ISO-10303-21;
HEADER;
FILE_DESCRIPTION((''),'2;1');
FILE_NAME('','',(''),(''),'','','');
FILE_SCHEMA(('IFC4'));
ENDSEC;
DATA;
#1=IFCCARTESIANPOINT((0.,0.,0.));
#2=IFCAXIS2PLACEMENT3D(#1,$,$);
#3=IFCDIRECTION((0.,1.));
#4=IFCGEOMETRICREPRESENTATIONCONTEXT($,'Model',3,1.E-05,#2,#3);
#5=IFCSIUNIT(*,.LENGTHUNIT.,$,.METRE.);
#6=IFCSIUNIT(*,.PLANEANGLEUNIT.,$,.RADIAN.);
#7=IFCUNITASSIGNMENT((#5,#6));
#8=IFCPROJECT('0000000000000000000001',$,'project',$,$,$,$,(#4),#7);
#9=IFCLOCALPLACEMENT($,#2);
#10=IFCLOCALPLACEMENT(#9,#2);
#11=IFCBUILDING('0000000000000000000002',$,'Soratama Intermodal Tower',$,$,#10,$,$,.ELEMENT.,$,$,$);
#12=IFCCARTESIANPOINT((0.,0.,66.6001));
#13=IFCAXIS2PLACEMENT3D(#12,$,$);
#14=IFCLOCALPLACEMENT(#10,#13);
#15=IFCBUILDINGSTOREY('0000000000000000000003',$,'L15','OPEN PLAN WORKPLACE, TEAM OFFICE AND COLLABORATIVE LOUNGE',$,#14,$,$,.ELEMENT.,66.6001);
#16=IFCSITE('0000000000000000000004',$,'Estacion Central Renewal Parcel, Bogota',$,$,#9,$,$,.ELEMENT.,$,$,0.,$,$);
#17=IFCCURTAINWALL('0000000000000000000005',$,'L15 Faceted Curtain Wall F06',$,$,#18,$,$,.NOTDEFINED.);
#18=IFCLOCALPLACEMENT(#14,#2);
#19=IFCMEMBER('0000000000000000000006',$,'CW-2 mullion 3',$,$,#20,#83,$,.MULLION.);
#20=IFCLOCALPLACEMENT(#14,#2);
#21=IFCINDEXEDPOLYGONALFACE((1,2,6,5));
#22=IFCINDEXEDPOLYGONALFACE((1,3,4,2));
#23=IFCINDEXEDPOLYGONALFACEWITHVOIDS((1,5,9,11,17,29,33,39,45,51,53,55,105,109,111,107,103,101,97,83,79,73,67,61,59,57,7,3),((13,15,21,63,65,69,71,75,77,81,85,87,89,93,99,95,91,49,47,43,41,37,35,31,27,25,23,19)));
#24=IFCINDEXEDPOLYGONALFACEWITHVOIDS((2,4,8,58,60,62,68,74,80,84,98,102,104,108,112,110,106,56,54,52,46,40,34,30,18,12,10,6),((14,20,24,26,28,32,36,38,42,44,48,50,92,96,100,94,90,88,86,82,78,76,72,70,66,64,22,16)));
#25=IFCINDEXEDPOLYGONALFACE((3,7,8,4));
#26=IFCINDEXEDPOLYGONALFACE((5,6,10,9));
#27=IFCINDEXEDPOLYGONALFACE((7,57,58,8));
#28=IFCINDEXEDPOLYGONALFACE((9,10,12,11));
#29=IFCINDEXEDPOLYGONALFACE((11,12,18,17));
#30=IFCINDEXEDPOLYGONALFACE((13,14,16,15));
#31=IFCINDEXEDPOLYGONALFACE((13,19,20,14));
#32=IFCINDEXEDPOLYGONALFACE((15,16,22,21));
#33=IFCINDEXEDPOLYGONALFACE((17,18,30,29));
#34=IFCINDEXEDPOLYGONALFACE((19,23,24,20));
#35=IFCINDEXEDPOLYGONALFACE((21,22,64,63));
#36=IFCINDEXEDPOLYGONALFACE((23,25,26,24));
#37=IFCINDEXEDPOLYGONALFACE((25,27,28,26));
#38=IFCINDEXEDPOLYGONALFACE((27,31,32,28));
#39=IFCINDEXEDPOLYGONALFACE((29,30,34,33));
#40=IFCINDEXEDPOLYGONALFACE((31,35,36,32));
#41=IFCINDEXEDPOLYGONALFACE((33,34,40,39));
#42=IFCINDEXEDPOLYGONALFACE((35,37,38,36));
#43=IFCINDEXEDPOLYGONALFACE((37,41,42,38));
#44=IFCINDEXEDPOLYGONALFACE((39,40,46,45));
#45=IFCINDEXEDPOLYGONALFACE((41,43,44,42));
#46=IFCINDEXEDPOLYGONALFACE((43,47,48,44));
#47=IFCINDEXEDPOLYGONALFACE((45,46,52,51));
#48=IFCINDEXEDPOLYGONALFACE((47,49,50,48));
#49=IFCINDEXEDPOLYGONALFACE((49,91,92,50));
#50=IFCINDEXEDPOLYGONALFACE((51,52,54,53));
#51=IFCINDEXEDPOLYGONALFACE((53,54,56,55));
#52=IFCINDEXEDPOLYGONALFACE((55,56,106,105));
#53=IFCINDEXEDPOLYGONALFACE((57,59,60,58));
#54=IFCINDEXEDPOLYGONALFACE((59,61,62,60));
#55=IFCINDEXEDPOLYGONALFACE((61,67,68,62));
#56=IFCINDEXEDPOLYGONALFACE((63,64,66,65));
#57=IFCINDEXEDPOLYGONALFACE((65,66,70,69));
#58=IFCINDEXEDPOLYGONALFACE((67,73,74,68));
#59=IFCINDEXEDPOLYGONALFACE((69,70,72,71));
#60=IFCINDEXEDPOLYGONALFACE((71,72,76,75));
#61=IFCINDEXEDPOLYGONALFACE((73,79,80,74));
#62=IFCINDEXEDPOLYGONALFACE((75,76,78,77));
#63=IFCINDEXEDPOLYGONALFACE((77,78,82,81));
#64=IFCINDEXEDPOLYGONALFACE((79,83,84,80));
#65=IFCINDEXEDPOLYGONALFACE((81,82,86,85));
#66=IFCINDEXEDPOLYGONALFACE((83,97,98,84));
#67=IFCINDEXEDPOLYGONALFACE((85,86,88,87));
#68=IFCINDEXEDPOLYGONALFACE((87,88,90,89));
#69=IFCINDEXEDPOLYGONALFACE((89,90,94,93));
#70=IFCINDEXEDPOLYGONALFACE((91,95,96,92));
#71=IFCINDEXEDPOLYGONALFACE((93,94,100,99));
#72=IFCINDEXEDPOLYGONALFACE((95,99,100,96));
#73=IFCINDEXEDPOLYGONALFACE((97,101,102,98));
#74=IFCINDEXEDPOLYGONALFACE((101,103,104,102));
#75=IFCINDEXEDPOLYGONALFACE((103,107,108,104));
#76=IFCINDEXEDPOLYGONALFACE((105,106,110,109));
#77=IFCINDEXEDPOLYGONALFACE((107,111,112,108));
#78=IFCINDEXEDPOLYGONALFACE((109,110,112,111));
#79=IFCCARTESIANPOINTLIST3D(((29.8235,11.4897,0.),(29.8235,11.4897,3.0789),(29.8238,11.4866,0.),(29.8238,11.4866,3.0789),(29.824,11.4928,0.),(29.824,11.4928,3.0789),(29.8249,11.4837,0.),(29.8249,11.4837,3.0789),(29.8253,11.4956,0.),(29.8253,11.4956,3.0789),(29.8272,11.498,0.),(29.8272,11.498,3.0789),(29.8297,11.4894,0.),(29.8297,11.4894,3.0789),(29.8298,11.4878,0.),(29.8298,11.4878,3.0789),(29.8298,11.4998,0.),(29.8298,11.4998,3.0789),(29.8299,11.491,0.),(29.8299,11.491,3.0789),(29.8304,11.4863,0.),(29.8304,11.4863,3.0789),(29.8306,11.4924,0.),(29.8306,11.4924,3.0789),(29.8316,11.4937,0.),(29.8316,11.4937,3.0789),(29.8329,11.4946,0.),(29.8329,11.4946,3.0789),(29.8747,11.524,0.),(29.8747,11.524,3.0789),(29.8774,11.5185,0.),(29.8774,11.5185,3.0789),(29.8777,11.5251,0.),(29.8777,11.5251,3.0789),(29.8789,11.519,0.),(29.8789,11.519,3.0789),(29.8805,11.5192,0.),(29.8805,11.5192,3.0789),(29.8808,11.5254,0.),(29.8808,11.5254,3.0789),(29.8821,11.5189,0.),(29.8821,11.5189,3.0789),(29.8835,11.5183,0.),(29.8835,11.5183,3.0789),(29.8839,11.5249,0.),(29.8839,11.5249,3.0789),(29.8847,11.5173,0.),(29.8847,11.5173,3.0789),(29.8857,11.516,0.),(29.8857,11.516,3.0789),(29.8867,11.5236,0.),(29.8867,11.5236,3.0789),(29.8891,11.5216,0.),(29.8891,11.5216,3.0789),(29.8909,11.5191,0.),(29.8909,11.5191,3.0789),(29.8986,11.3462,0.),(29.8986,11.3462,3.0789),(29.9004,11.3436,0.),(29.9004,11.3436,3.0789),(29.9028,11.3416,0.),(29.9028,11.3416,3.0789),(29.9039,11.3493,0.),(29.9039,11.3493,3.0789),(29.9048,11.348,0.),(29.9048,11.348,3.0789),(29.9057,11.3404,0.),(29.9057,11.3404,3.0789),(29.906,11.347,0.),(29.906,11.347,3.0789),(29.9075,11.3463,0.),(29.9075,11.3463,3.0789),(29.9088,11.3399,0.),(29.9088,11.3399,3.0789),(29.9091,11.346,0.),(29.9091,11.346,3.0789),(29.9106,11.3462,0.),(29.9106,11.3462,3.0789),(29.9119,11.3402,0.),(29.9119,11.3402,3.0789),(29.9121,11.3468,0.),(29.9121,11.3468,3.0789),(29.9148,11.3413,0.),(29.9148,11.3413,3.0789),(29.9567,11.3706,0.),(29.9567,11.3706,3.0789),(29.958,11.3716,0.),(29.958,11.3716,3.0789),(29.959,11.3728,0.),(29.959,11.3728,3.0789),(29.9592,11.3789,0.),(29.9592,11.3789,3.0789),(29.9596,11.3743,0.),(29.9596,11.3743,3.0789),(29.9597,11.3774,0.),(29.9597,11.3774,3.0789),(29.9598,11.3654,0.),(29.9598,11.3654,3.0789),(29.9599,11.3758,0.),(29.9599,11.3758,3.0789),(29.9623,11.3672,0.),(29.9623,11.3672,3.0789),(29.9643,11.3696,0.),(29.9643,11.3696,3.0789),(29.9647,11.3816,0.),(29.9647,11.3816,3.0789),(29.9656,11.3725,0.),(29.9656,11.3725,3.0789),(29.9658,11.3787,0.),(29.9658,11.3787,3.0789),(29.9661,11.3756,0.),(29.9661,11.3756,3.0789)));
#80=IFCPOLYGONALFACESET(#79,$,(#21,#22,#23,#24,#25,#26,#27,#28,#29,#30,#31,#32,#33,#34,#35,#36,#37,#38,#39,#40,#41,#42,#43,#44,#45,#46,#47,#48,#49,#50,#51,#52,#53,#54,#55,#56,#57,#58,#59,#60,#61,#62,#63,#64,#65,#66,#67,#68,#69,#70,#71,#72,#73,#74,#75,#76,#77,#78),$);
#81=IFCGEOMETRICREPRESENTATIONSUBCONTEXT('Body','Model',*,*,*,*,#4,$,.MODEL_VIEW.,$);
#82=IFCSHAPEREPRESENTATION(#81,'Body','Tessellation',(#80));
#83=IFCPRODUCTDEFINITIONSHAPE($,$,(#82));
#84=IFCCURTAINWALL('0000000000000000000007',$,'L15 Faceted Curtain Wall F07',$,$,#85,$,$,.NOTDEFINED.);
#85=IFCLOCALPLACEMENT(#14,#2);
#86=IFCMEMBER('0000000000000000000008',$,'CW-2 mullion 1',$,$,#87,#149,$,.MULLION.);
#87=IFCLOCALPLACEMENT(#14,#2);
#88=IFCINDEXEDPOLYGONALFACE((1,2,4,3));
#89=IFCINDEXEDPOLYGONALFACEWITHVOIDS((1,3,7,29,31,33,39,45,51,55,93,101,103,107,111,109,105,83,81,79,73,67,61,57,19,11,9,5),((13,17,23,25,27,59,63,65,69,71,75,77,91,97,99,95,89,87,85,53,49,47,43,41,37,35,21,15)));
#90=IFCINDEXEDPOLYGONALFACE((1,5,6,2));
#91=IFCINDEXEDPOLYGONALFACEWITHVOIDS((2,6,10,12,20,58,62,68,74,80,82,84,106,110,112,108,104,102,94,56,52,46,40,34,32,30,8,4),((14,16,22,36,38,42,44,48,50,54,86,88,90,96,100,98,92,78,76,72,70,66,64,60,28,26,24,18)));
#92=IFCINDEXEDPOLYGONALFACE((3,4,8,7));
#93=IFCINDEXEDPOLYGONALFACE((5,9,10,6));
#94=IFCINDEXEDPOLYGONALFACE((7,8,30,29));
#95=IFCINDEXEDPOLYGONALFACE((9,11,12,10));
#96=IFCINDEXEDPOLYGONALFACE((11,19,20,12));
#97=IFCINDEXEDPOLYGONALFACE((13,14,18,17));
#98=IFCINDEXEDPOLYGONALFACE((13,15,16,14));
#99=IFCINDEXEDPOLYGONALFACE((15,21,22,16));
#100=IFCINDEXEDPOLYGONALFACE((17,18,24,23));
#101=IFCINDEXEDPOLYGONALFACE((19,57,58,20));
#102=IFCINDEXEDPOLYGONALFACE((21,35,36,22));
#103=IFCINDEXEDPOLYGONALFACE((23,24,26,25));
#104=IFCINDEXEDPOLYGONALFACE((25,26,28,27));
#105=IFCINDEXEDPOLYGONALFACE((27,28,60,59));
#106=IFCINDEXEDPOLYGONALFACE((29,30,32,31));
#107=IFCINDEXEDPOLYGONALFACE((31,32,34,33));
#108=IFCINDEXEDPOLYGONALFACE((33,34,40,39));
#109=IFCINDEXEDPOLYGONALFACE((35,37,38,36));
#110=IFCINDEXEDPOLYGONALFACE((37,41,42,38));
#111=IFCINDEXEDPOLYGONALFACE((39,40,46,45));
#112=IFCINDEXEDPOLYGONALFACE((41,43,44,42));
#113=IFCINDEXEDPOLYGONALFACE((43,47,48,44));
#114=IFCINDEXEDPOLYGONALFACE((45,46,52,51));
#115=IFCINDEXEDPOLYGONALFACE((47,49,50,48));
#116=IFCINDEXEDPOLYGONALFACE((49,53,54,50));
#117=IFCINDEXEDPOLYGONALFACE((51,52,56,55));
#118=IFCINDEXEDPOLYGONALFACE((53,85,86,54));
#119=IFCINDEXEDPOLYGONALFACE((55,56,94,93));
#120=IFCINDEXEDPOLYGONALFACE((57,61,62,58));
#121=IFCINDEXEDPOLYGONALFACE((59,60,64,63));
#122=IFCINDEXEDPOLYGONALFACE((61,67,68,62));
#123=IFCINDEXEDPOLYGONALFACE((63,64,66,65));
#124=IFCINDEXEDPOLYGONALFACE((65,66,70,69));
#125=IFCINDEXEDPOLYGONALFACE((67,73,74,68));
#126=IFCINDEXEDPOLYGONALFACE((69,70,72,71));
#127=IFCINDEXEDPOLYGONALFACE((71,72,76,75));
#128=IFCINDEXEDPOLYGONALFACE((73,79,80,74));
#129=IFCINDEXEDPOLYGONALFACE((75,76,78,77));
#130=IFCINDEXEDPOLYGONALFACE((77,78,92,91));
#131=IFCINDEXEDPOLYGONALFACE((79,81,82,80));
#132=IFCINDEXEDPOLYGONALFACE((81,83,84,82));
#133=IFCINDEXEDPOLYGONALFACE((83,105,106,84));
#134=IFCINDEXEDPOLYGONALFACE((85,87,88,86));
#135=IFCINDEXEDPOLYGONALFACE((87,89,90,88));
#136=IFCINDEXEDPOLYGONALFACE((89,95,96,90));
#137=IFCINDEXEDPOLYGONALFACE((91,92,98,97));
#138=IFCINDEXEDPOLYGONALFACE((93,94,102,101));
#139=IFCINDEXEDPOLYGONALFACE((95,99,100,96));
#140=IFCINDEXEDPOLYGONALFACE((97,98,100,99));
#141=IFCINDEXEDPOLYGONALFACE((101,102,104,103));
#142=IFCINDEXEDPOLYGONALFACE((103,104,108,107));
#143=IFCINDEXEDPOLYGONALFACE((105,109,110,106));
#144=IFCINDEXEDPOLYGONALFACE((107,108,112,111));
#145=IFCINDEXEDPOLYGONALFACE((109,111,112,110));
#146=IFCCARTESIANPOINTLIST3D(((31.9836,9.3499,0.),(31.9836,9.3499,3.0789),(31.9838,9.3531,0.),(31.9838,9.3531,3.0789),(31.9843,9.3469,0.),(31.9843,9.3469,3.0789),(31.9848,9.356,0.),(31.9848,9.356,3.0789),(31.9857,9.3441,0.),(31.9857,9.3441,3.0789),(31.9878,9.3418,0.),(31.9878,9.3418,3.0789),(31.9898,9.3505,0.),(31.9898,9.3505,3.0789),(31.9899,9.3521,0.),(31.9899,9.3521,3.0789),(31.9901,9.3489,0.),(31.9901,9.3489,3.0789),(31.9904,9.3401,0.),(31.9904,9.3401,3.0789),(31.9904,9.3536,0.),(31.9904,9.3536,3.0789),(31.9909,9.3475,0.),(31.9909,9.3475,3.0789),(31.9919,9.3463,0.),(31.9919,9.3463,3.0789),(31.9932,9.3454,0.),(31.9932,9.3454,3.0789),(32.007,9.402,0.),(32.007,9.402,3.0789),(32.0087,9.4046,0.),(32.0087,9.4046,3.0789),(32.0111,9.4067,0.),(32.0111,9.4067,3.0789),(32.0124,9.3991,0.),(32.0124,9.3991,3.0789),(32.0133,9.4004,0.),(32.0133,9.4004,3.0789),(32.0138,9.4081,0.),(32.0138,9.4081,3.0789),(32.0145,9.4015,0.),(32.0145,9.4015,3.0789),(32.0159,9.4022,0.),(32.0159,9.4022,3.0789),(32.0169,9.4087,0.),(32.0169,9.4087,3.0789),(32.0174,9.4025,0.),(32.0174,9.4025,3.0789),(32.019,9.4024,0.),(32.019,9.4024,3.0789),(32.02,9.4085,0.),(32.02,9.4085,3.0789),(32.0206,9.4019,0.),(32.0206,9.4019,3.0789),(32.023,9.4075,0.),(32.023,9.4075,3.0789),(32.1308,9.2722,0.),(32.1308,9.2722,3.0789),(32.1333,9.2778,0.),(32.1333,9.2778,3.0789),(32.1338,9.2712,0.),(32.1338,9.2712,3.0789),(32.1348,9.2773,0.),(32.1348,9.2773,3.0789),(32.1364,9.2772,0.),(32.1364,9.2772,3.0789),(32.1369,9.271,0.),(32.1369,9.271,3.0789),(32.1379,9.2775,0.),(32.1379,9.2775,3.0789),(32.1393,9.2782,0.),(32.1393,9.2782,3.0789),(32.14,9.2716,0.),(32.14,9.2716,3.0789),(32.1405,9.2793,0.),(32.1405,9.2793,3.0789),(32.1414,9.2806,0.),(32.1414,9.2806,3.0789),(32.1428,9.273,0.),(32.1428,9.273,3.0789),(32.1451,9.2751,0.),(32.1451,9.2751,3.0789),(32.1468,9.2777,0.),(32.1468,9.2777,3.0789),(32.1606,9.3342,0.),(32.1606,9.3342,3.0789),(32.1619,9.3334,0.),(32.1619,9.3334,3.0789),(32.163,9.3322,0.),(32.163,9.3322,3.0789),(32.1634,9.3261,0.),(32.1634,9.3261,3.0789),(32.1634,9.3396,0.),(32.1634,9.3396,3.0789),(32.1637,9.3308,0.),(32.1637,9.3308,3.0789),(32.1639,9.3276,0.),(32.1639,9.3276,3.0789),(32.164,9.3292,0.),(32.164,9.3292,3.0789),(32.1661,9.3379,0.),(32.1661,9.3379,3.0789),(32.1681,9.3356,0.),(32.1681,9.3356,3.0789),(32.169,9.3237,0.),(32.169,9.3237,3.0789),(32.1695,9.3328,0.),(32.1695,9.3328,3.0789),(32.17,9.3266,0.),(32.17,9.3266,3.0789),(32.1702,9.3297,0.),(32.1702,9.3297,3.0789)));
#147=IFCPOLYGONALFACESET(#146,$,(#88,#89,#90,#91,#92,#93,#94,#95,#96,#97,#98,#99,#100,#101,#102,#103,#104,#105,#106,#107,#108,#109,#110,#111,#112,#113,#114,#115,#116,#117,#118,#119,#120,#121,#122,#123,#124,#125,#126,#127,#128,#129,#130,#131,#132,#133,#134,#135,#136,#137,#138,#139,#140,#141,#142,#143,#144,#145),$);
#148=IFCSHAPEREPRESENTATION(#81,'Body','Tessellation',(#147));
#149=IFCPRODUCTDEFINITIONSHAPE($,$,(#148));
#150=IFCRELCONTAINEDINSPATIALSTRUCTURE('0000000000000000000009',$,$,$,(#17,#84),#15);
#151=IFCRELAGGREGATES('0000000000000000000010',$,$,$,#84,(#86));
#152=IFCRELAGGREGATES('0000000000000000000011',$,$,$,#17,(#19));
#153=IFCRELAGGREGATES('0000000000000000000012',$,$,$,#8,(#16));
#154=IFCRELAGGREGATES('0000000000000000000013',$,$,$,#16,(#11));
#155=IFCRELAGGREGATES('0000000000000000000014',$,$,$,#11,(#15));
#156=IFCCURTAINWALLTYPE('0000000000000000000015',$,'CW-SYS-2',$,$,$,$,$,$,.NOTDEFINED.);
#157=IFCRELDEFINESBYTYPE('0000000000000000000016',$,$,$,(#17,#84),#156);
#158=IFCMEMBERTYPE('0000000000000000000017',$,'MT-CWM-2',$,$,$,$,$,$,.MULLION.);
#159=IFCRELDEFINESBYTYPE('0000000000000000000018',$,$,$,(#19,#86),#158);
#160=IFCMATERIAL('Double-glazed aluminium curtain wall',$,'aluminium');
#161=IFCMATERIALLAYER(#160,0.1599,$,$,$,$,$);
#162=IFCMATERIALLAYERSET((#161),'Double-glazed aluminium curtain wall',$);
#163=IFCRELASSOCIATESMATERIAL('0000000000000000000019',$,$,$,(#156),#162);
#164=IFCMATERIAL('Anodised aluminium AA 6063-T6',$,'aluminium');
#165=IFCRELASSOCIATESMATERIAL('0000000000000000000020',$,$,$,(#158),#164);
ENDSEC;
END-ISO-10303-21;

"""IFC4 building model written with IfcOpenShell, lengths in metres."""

from ifc_helpers import new_model, si_unit, direction, frame, origin, origin_2d, place, context, subcontext, project, spatial, hollow_rectangle, extrude, material, layer, layer_set, material_profile, profile_set, type_object, element, aggregate, save


model = new_model("IFC4")

# Units and contexts
model_context = context("Model", 3, precision=1e-05, world=origin(), true_north=direction((0.0, 1.0)))
body_context = subcontext(model_context, "Body", "Model", "MODEL_VIEW")
ifc_project = project(units=[si_unit("LENGTHUNIT", "METRE"), si_unit("PLANEANGLEUNIT", "RADIAN")], contexts=[model_context])

# Site, building, storey
site_placement = place(None, origin())
site = spatial("IfcSite", under=ifc_project, at=site_placement, Name="Estacion Central Renewal Parcel, Bogota", CompositionType="ELEMENT", RefElevation=0.0)
building_placement = place(site_placement, origin())
building = spatial("IfcBuilding", under=site, at=building_placement, Name="Soratama Intermodal Tower", CompositionType="ELEMENT")
storey_placement = place(building_placement, frame((0.0, 0.0, 66.6001)))
storey = spatial("IfcBuildingStorey", under=building, at=storey_placement, Name="L15", Description="OPEN PLAN WORKPLACE, TEAM OFFICE AND COLLABORATIVE LOUNGE", CompositionType="ELEMENT", Elevation=66.6001)

# Curtain wall, member
ifc_material_1 = material(Name="Double-glazed aluminium curtain wall", Category="aluminium")
ifc_layer_1 = layer(ifc_material_1, 0.1599)
ifc_layer_set_1 = layer_set([ifc_layer_1], Name="Double-glazed aluminium curtain wall")
curtain_wall_type = type_object("IfcCurtainWallType", Name="CW-SYS-2", PredefinedType="NOTDEFINED", material=ifc_layer_set_1)
curtain_wall_1_placement = place(storey_placement, origin())
curtain_wall_1 = element("IfcCurtainWall", 1, at=curtain_wall_1_placement, inside=storey, type_object=curtain_wall_type, Name="L15 Faceted Curtain Wall F06", PredefinedType="NOTDEFINED")
ifc_material_2 = material(Name="Anodised aluminium AA 6063-T6", Category="aluminium")
ifc_material_profile_1 = material_profile(ifc_material_2, hollow_rectangle(XDim=0.075, YDim=0.1799, WallThickness=0.0061, InnerFilletRadius=0.0061, OuterFilletRadius=0.012, at=origin_2d()), Name="CWM180X75X6")
ifc_profile_set_1 = profile_set([ifc_material_profile_1], Name="Anodised aluminium AA 6063-T6")
member_type_1 = type_object("IfcMemberType", Name="MT-CWM-2", PredefinedType="MULLION", material=ifc_profile_set_1)
member_1_placement = place(storey_placement, frame((29.8948, 11.4326, 0.0), z_axis=(0.0, 0.0, 1.0), x_axis=(0.881304, 0.47255, 0.0)))
member_1 = element("IfcMember", 2, at=member_1_placement, type_object=member_type_1, Name="CW-2 mullion 3", PredefinedType="MULLION", context=body_context, shape_type="SweptSolid", body=[
    extrude(hollow_rectangle(XDim=0.075, YDim=0.1799, WallThickness=0.0061, InnerFilletRadius=0.0061, OuterFilletRadius=0.012, at=origin_2d()), origin(), (0.0, 0.0, 1.0), 3.0789),
])

# Curtain wall, member
curtain_wall_2_placement = place(storey_placement, origin())
curtain_wall_2 = element("IfcCurtainWall", 3, at=curtain_wall_2_placement, inside=storey, type_object=curtain_wall_type, Name="L15 Faceted Curtain Wall F07", PredefinedType="NOTDEFINED")
member_2_placement = place(storey_placement, frame((32.0769, 9.3398, 0.0), z_axis=(0.0, 0.0, 1.0), x_axis=(0.435225, 0.900322, 0.0)))
member_2 = element("IfcMember", 4, at=member_2_placement, type_object=member_type_1, Name="CW-2 mullion 1", PredefinedType="MULLION", context=body_context, shape_type="SweptSolid", body=[
    extrude(hollow_rectangle(XDim=0.075, YDim=0.1799, WallThickness=0.0061, InnerFilletRadius=0.0061, OuterFilletRadius=0.012, at=origin_2d()), origin(), (0.0, 0.0, 1.0), 3.0789),
])

aggregate(curtain_wall_2, [member_2])

aggregate(curtain_wall_1, [member_1])

save(model, "model.ifc")
